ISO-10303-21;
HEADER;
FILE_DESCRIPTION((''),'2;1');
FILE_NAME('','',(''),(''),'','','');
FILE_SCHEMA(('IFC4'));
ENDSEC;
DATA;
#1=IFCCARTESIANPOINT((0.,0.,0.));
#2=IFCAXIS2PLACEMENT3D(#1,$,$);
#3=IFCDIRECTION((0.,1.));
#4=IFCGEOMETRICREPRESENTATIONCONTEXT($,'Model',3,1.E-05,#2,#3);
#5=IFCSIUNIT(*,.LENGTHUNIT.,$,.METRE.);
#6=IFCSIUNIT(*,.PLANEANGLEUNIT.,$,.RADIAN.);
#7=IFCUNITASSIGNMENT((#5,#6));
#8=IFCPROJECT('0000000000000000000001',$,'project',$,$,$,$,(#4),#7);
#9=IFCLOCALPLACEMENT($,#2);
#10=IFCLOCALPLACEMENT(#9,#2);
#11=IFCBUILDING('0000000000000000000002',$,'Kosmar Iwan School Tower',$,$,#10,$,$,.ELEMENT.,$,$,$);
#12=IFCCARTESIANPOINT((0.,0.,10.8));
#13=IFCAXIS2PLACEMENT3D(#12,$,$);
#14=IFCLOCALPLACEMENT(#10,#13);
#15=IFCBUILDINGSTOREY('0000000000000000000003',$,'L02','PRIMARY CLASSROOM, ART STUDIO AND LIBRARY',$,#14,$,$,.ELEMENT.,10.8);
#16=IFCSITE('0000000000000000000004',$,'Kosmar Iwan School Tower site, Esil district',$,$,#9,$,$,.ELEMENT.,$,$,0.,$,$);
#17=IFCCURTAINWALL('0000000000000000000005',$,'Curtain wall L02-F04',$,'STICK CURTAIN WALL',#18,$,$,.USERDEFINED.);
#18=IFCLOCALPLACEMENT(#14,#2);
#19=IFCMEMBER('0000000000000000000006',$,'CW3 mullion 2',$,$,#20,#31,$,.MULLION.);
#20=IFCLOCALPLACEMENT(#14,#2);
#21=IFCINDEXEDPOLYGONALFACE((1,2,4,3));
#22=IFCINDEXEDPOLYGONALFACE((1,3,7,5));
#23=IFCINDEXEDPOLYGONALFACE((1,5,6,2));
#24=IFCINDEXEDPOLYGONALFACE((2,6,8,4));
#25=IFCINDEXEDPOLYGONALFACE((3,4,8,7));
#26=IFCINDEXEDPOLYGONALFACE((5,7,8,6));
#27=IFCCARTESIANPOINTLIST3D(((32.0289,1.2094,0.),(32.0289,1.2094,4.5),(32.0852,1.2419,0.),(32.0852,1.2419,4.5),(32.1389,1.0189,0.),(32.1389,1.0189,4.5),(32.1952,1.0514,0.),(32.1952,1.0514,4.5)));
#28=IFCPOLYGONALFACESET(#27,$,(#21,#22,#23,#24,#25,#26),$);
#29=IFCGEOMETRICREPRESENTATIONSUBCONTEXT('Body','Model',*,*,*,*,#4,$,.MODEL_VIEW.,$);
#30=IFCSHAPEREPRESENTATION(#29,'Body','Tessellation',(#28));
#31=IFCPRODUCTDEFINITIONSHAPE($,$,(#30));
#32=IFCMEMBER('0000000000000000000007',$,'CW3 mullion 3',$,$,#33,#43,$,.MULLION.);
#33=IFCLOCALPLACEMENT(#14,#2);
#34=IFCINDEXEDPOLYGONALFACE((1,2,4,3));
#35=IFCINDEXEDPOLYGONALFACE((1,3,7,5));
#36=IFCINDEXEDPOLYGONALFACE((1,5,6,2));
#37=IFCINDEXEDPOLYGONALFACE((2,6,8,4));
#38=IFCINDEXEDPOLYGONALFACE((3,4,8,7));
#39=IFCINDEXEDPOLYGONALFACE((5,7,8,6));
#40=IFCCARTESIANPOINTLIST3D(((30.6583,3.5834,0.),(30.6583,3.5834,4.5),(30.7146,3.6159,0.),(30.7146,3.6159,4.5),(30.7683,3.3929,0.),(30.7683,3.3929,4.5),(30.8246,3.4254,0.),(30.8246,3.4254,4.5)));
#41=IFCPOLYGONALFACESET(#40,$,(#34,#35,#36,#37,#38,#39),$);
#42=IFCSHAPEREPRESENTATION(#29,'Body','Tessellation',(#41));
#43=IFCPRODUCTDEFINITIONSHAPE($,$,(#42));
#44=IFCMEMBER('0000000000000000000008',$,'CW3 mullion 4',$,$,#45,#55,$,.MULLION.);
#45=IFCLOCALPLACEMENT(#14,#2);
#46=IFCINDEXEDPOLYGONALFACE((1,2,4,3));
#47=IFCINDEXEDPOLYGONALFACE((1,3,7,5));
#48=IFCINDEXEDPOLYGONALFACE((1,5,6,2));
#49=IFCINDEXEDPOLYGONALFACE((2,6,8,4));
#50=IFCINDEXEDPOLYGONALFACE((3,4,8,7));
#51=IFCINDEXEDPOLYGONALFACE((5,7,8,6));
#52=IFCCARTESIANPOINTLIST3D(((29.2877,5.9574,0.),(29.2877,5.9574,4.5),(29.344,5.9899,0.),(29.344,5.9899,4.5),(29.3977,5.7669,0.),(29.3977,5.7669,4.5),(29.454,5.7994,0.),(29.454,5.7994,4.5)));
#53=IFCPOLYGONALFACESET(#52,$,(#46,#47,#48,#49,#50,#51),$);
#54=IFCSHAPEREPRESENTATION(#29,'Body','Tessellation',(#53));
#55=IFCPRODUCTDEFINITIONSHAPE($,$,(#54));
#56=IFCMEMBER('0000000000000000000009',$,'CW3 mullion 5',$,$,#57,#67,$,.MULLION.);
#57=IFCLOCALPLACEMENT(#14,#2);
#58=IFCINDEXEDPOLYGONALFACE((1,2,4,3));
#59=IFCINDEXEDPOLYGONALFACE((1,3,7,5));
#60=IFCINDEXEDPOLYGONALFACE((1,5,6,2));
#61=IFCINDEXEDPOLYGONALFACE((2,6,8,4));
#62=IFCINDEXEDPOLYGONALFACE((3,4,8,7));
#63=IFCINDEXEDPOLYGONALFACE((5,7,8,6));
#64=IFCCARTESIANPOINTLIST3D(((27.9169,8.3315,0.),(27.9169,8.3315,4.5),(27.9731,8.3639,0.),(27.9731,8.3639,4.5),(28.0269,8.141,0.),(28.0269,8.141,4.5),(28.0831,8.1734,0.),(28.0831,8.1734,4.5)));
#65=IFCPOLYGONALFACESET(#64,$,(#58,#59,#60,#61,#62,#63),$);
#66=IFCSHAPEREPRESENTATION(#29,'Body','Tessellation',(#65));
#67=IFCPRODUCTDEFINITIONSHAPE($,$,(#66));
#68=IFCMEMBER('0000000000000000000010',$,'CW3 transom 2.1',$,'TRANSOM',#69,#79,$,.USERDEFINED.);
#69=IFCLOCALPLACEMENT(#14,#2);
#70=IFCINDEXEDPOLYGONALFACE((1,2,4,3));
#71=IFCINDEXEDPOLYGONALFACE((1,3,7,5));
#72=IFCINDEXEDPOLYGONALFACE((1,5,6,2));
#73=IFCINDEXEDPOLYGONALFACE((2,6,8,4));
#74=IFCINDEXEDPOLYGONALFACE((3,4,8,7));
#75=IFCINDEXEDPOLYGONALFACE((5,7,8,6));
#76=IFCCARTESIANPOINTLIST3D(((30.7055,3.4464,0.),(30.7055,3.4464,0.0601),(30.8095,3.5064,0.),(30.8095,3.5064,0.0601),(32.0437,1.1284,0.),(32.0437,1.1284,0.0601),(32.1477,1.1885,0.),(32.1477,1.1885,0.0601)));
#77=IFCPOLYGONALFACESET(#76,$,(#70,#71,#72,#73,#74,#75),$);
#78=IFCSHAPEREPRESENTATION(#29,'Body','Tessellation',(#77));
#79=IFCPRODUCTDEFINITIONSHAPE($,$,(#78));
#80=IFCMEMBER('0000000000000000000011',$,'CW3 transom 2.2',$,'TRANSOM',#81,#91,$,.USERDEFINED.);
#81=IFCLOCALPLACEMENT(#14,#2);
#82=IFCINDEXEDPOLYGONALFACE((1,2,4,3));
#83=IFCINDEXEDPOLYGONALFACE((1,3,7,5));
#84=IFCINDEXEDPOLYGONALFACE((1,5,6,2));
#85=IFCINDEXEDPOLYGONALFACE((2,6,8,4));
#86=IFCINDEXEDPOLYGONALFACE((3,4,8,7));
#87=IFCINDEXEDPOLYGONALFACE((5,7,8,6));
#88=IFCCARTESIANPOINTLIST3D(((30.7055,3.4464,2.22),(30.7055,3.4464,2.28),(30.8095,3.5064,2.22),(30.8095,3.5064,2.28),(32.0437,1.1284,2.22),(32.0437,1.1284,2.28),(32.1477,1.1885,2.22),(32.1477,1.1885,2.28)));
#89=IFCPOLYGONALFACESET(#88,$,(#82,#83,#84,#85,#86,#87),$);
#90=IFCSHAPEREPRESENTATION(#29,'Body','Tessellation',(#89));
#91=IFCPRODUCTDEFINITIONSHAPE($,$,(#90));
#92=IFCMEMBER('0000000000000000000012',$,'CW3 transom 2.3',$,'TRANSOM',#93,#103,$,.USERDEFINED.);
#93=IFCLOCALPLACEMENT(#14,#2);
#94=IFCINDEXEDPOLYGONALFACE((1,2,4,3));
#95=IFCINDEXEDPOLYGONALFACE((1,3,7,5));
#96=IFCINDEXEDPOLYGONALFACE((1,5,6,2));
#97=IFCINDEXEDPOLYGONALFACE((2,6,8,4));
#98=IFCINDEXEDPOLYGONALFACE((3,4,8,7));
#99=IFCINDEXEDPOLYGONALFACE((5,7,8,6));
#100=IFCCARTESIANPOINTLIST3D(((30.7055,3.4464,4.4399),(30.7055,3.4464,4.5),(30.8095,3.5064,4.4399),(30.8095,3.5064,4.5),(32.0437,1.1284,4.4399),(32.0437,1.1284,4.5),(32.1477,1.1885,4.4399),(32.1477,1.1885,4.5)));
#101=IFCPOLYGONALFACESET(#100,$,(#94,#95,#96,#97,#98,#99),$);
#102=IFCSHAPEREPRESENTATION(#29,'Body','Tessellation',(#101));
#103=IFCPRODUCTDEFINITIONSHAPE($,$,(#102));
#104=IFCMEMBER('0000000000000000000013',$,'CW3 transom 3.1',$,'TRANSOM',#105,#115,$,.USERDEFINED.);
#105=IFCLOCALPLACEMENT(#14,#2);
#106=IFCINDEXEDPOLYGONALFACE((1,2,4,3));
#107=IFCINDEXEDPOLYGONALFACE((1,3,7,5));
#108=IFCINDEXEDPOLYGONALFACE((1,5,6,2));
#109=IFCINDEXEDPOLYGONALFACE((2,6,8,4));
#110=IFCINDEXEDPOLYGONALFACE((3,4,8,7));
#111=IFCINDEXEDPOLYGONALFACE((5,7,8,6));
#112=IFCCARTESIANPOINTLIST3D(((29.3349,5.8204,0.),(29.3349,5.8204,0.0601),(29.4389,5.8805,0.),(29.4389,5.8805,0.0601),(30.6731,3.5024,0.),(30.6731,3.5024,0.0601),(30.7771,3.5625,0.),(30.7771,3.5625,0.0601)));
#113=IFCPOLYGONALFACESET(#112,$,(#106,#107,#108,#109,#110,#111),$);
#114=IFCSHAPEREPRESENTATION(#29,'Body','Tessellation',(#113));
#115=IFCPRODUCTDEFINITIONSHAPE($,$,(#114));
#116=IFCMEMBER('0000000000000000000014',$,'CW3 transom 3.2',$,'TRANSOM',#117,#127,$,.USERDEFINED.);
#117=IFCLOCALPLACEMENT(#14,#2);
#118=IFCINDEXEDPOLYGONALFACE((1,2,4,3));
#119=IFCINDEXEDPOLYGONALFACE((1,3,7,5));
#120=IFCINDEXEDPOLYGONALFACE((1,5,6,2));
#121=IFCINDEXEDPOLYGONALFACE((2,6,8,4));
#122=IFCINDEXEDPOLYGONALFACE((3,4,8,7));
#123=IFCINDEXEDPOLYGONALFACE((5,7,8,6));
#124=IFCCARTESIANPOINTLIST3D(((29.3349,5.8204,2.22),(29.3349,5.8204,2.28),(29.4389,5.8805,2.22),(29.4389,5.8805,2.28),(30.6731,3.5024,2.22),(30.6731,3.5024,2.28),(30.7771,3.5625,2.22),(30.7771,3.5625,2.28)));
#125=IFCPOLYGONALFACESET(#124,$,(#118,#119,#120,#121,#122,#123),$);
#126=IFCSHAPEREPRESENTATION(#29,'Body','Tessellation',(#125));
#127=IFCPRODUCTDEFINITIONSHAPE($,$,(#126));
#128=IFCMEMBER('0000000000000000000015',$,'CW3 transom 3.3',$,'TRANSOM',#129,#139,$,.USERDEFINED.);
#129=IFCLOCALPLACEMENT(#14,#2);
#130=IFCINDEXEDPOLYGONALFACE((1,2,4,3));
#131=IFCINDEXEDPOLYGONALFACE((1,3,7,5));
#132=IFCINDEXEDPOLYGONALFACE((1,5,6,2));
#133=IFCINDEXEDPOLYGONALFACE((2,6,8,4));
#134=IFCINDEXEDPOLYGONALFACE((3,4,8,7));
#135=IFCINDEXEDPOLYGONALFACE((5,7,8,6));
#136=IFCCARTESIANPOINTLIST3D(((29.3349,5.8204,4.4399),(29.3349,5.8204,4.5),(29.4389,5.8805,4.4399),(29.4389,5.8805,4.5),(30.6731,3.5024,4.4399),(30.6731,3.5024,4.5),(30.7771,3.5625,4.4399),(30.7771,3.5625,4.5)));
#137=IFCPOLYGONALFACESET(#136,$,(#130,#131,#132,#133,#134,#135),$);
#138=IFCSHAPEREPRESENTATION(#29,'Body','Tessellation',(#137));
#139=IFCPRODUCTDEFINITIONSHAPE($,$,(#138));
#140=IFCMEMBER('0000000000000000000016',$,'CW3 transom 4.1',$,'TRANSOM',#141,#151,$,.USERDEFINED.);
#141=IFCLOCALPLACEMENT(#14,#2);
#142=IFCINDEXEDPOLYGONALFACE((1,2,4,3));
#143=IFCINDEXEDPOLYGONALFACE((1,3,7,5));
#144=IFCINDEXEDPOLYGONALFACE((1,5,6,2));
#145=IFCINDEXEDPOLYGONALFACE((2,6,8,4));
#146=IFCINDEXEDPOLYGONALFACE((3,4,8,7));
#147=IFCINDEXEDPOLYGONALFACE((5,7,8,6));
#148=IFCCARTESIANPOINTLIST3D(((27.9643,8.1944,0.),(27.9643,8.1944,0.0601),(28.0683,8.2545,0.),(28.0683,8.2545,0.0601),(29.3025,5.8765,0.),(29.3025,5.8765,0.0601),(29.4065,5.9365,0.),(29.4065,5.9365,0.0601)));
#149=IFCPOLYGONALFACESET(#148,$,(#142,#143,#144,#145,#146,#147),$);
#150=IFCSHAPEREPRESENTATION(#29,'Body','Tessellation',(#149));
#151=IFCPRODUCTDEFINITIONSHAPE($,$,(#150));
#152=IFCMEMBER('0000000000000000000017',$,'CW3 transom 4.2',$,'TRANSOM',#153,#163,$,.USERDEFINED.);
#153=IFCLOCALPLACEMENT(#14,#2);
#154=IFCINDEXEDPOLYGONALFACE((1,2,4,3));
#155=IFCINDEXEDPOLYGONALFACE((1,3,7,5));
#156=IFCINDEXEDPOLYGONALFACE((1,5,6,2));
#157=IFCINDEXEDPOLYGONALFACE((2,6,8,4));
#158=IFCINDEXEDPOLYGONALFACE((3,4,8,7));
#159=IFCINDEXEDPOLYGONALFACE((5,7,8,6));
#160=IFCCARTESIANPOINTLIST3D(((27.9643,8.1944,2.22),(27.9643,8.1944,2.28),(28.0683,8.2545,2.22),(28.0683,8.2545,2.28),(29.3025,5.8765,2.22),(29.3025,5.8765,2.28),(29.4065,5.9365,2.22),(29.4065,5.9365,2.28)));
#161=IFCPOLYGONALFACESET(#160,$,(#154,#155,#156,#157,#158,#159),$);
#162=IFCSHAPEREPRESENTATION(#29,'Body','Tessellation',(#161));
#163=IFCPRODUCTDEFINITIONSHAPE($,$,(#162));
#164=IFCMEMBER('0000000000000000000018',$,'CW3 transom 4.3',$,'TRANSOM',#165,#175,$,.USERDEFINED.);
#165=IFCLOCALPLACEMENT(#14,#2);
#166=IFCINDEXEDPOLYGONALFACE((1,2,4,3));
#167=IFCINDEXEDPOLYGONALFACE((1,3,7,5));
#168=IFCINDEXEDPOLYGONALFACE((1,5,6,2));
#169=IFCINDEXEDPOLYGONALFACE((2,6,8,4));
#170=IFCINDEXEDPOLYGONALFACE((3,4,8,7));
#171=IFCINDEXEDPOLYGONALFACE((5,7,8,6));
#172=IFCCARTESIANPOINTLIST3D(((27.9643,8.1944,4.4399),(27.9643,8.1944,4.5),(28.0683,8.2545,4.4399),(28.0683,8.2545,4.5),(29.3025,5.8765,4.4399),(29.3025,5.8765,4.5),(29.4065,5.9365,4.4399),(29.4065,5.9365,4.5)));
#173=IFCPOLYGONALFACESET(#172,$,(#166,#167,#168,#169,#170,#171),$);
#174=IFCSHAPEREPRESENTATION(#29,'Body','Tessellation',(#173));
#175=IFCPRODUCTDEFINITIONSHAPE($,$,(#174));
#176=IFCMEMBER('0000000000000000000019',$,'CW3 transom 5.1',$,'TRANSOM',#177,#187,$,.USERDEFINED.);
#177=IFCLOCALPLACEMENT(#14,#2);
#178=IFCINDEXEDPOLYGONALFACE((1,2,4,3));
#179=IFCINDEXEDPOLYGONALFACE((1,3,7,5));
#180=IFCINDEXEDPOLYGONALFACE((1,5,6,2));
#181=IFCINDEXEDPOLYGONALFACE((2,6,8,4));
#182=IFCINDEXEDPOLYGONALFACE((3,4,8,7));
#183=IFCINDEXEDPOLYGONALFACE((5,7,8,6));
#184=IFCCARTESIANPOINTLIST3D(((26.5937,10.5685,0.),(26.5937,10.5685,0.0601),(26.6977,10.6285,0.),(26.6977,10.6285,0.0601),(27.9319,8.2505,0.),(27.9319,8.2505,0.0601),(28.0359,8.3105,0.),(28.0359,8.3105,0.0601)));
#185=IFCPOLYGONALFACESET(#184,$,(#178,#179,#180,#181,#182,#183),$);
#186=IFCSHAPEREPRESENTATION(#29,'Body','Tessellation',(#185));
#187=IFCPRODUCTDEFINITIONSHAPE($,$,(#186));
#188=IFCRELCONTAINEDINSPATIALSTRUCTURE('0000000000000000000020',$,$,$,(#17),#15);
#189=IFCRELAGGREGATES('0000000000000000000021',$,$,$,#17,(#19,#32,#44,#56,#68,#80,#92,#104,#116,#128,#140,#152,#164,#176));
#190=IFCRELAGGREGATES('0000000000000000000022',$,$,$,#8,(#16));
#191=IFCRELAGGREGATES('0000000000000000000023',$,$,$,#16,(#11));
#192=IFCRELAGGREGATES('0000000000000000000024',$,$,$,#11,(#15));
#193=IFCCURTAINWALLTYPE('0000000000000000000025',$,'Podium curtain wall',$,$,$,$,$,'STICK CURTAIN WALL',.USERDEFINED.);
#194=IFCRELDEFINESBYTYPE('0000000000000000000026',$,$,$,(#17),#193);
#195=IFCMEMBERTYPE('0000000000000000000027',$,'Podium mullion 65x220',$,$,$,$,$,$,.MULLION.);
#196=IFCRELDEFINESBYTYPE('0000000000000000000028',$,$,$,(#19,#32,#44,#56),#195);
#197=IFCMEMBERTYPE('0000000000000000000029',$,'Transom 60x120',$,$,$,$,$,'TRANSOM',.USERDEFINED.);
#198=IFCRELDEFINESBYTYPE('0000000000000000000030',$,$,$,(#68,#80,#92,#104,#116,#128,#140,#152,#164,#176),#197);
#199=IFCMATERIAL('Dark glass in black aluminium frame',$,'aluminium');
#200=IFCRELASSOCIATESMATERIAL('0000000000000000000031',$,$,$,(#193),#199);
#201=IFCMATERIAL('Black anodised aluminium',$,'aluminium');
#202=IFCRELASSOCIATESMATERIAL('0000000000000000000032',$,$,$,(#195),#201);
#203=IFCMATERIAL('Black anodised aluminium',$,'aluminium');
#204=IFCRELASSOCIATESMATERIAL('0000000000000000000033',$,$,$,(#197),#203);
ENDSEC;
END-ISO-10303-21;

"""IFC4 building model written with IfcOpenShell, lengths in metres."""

from ifc_helpers import new_model, si_unit, direction, frame, origin, origin_2d, place, context, subcontext, project, spatial, rectangle, extrude, material, material_profile, profile_set, type_object, element, aggregate, save


model = new_model("IFC4")

# Units and contexts
model_context = context("Model", 3, precision=1e-05, world=origin(), true_north=direction((0.0, 1.0)))
body_context = subcontext(model_context, "Body", "Model", "MODEL_VIEW")
ifc_project = project(units=[si_unit("LENGTHUNIT", "METRE"), si_unit("PLANEANGLEUNIT", "RADIAN")], contexts=[model_context])

# Site, building, storey
site_placement = place(None, origin())
site = spatial("IfcSite", under=ifc_project, at=site_placement, Name="Kosmar Iwan School Tower site, Esil district", CompositionType="ELEMENT", RefElevation=0.0)
building_placement = place(site_placement, origin())
building = spatial("IfcBuilding", under=site, at=building_placement, Name="Kosmar Iwan School Tower", CompositionType="ELEMENT")
storey_placement = place(building_placement, frame((0.0, 0.0, 10.8)))
storey = spatial("IfcBuildingStorey", under=building, at=storey_placement, Name="L02", Description="PRIMARY CLASSROOM, ART STUDIO AND LIBRARY", CompositionType="ELEMENT", Elevation=10.8)

# Curtain wall, members
ifc_material_1 = material(Name="Dark glass in black aluminium frame", Category="aluminium")
curtain_wall_type = type_object("IfcCurtainWallType", Name="Podium curtain wall", ElementType="STICK CURTAIN WALL", PredefinedType="USERDEFINED", material=ifc_material_1)
curtain_wall_placement = place(storey_placement, origin())
curtain_wall = element("IfcCurtainWall", 1, at=curtain_wall_placement, inside=storey, type_object=curtain_wall_type, Name="Curtain wall L02-F04", ObjectType="STICK CURTAIN WALL", PredefinedType="USERDEFINED")
ifc_material_2 = material(Name="Black anodised aluminium", Category="aluminium")
ifc_material_profile_1 = material_profile(ifc_material_2, rectangle(XDim=0.0649, YDim=0.22, at=origin_2d()), Name="MULLION 65x220")
ifc_profile_set_1 = profile_set([ifc_material_profile_1], Name="Black anodised aluminium")
member_type_1 = type_object("IfcMemberType", Name="Podium mullion 65x220", PredefinedType="MULLION", material=ifc_profile_set_1)
member_1_placement = place(storey_placement, frame((32.1121, 1.1304, 0.0), z_axis=(0.0, 0.0, 1.0), x_axis=(-0.866025, -0.5, 0.0)))
member_1 = element("IfcMember", 2, at=member_1_placement, type_object=member_type_1, Name="CW3 mullion 2", PredefinedType="MULLION", context=body_context, shape_type="SweptSolid", body=[
    extrude(rectangle(XDim=0.0649, YDim=0.22, at=origin_2d()), origin(), (0.0, 0.0, 1.0), 4.5),
])
member_2_placement = place(storey_placement, frame((30.7415, 3.5044, 0.0), z_axis=(0.0, 0.0, 1.0), x_axis=(-0.866025, -0.5, 0.0)))
member_2 = element("IfcMember", 3, at=member_2_placement, type_object=member_type_1, Name="CW3 mullion 3", PredefinedType="MULLION", context=body_context, shape_type="SweptSolid", body=[
    extrude(rectangle(XDim=0.0649, YDim=0.22, at=origin_2d()), origin(), (0.0, 0.0, 1.0), 4.5),
])
member_3_placement = place(storey_placement, frame((29.3708, 5.8784, 0.0), z_axis=(0.0, 0.0, 1.0), x_axis=(-0.866025, -0.5, 0.0)))
member_3 = element("IfcMember", 4, at=member_3_placement, type_object=member_type_1, Name="CW3 mullion 4", PredefinedType="MULLION", context=body_context, shape_type="SweptSolid", body=[
    extrude(rectangle(XDim=0.0649, YDim=0.22, at=origin_2d()), origin(), (0.0, 0.0, 1.0), 4.5),
])
member_4_placement = place(storey_placement, frame((28.0, 8.2524, 0.0), z_axis=(0.0, 0.0, 1.0), x_axis=(-0.866025, -0.5, 0.0)))
member_4 = element("IfcMember", 5, at=member_4_placement, type_object=member_type_1, Name="CW3 mullion 5", PredefinedType="MULLION", context=body_context, shape_type="SweptSolid", body=[
    extrude(rectangle(XDim=0.0649, YDim=0.22, at=origin_2d()), origin(), (0.0, 0.0, 1.0), 4.5),
])
ifc_material_3 = material(Name="Black anodised aluminium", Category="aluminium")
ifc_material_profile_2 = material_profile(ifc_material_3, rectangle(XDim=0.1201, YDim=0.0601, at=origin_2d()), Name="TRANSOM 60x120")
ifc_profile_set_2 = profile_set([ifc_material_profile_2], Name="Black anodised aluminium")
member_type_2 = type_object("IfcMemberType", Name="Transom 60x120", ElementType="TRANSOM", PredefinedType="USERDEFINED", material=ifc_profile_set_2)
member_5_placement = place(storey_placement, frame((32.0957, 1.1584, 0.03), z_axis=(-0.499975, 0.86604, 0.0), x_axis=(-0.86604, -0.499975, 0.0)))
member_5 = element("IfcMember", 6, at=member_5_placement, type_object=member_type_2, Name="CW3 transom 2.1", ObjectType="TRANSOM", PredefinedType="USERDEFINED", context=body_context, shape_type="SweptSolid", body=[
    extrude(rectangle(XDim=0.1201, YDim=0.0601, at=origin_2d()), origin(), (0.0, 0.0, 1.0), 2.6765),
])
member_6_placement = place(storey_placement, frame((32.0957, 1.1584, 2.25), z_axis=(-0.499975, 0.86604, 0.0), x_axis=(-0.86604, -0.499975, 0.0)))
member_6 = element("IfcMember", 7, at=member_6_placement, type_object=member_type_2, Name="CW3 transom 2.2", ObjectType="TRANSOM", PredefinedType="USERDEFINED", context=body_context, shape_type="SweptSolid", body=[
    extrude(rectangle(XDim=0.1201, YDim=0.0601, at=origin_2d()), origin(), (0.0, 0.0, 1.0), 2.6765),
])
member_7_placement = place(storey_placement, frame((32.0957, 1.1584, 4.47), z_axis=(-0.499975, 0.86604, 0.0), x_axis=(-0.86604, -0.499975, 0.0)))
member_7 = element("IfcMember", 8, at=member_7_placement, type_object=member_type_2, Name="CW3 transom 2.3", ObjectType="TRANSOM", PredefinedType="USERDEFINED", context=body_context, shape_type="SweptSolid", body=[
    extrude(rectangle(XDim=0.1201, YDim=0.0601, at=origin_2d()), origin(), (0.0, 0.0, 1.0), 2.6765),
])
member_8_placement = place(storey_placement, frame((30.7251, 3.5325, 0.03), z_axis=(-0.499975, 0.86604, 0.0), x_axis=(-0.86604, -0.499975, 0.0)))
member_8 = element("IfcMember", 9, at=member_8_placement, type_object=member_type_2, Name="CW3 transom 3.1", ObjectType="TRANSOM", PredefinedType="USERDEFINED", context=body_context, shape_type="SweptSolid", body=[
    extrude(rectangle(XDim=0.1201, YDim=0.0601, at=origin_2d()), origin(), (0.0, 0.0, 1.0), 2.6765),
])
member_9_placement = place(storey_placement, frame((30.7251, 3.5325, 2.25), z_axis=(-0.499975, 0.86604, 0.0), x_axis=(-0.86604, -0.499975, 0.0)))
member_9 = element("IfcMember", 10, at=member_9_placement, type_object=member_type_2, Name="CW3 transom 3.2", ObjectType="TRANSOM", PredefinedType="USERDEFINED", context=body_context, shape_type="SweptSolid", body=[
    extrude(rectangle(XDim=0.1201, YDim=0.0601, at=origin_2d()), origin(), (0.0, 0.0, 1.0), 2.6765),
])
member_10_placement = place(storey_placement, frame((30.7251, 3.5325, 4.47), z_axis=(-0.499975, 0.86604, 0.0), x_axis=(-0.86604, -0.499975, 0.0)))
member_10 = element("IfcMember", 11, at=member_10_placement, type_object=member_type_2, Name="CW3 transom 3.3", ObjectType="TRANSOM", PredefinedType="USERDEFINED", context=body_context, shape_type="SweptSolid", body=[
    extrude(rectangle(XDim=0.1201, YDim=0.0601, at=origin_2d()), origin(), (0.0, 0.0, 1.0), 2.6765),
])
member_11_placement = place(storey_placement, frame((29.3545, 5.9065, 0.03), z_axis=(-0.499975, 0.86604, 0.0), x_axis=(-0.86604, -0.499975, 0.0)))
member_11 = element("IfcMember", 12, at=member_11_placement, type_object=member_type_2, Name="CW3 transom 4.1", ObjectType="TRANSOM", PredefinedType="USERDEFINED", context=body_context, shape_type="SweptSolid", body=[
    extrude(rectangle(XDim=0.1201, YDim=0.0601, at=origin_2d()), origin(), (0.0, 0.0, 1.0), 2.6765),
])
member_12_placement = place(storey_placement, frame((29.3545, 5.9065, 2.25), z_axis=(-0.499975, 0.86604, 0.0), x_axis=(-0.86604, -0.499975, 0.0)))
member_12 = element("IfcMember", 13, at=member_12_placement, type_object=member_type_2, Name="CW3 transom 4.2", ObjectType="TRANSOM", PredefinedType="USERDEFINED", context=body_context, shape_type="SweptSolid", body=[
    extrude(rectangle(XDim=0.1201, YDim=0.0601, at=origin_2d()), origin(), (0.0, 0.0, 1.0), 2.6765),
])
member_13_placement = place(storey_placement, frame((29.3545, 5.9065, 4.47), z_axis=(-0.499975, 0.86604, 0.0), x_axis=(-0.86604, -0.499975, 0.0)))
member_13 = element("IfcMember", 14, at=member_13_placement, type_object=member_type_2, Name="CW3 transom 4.3", ObjectType="TRANSOM", PredefinedType="USERDEFINED", context=body_context, shape_type="SweptSolid", body=[
    extrude(rectangle(XDim=0.1201, YDim=0.0601, at=origin_2d()), origin(), (0.0, 0.0, 1.0), 2.6765),
])
member_14_placement = place(storey_placement, frame((27.9839, 8.2805, 0.03), z_axis=(-0.499975, 0.86604, 0.0), x_axis=(-0.86604, -0.499975, 0.0)))
member_14 = element("IfcMember", 15, at=member_14_placement, type_object=member_type_2, Name="CW3 transom 5.1", ObjectType="TRANSOM", PredefinedType="USERDEFINED", context=body_context, shape_type="SweptSolid", body=[
    extrude(rectangle(XDim=0.1201, YDim=0.0601, at=origin_2d()), origin(), (0.0, 0.0, 1.0), 2.6765),
])
aggregate(curtain_wall, [member_1, member_2, member_3, member_4, member_5, member_6, member_7, member_8, member_9, member_10, member_11, member_12, member_13, member_14])

save(model, "model.ifc")
